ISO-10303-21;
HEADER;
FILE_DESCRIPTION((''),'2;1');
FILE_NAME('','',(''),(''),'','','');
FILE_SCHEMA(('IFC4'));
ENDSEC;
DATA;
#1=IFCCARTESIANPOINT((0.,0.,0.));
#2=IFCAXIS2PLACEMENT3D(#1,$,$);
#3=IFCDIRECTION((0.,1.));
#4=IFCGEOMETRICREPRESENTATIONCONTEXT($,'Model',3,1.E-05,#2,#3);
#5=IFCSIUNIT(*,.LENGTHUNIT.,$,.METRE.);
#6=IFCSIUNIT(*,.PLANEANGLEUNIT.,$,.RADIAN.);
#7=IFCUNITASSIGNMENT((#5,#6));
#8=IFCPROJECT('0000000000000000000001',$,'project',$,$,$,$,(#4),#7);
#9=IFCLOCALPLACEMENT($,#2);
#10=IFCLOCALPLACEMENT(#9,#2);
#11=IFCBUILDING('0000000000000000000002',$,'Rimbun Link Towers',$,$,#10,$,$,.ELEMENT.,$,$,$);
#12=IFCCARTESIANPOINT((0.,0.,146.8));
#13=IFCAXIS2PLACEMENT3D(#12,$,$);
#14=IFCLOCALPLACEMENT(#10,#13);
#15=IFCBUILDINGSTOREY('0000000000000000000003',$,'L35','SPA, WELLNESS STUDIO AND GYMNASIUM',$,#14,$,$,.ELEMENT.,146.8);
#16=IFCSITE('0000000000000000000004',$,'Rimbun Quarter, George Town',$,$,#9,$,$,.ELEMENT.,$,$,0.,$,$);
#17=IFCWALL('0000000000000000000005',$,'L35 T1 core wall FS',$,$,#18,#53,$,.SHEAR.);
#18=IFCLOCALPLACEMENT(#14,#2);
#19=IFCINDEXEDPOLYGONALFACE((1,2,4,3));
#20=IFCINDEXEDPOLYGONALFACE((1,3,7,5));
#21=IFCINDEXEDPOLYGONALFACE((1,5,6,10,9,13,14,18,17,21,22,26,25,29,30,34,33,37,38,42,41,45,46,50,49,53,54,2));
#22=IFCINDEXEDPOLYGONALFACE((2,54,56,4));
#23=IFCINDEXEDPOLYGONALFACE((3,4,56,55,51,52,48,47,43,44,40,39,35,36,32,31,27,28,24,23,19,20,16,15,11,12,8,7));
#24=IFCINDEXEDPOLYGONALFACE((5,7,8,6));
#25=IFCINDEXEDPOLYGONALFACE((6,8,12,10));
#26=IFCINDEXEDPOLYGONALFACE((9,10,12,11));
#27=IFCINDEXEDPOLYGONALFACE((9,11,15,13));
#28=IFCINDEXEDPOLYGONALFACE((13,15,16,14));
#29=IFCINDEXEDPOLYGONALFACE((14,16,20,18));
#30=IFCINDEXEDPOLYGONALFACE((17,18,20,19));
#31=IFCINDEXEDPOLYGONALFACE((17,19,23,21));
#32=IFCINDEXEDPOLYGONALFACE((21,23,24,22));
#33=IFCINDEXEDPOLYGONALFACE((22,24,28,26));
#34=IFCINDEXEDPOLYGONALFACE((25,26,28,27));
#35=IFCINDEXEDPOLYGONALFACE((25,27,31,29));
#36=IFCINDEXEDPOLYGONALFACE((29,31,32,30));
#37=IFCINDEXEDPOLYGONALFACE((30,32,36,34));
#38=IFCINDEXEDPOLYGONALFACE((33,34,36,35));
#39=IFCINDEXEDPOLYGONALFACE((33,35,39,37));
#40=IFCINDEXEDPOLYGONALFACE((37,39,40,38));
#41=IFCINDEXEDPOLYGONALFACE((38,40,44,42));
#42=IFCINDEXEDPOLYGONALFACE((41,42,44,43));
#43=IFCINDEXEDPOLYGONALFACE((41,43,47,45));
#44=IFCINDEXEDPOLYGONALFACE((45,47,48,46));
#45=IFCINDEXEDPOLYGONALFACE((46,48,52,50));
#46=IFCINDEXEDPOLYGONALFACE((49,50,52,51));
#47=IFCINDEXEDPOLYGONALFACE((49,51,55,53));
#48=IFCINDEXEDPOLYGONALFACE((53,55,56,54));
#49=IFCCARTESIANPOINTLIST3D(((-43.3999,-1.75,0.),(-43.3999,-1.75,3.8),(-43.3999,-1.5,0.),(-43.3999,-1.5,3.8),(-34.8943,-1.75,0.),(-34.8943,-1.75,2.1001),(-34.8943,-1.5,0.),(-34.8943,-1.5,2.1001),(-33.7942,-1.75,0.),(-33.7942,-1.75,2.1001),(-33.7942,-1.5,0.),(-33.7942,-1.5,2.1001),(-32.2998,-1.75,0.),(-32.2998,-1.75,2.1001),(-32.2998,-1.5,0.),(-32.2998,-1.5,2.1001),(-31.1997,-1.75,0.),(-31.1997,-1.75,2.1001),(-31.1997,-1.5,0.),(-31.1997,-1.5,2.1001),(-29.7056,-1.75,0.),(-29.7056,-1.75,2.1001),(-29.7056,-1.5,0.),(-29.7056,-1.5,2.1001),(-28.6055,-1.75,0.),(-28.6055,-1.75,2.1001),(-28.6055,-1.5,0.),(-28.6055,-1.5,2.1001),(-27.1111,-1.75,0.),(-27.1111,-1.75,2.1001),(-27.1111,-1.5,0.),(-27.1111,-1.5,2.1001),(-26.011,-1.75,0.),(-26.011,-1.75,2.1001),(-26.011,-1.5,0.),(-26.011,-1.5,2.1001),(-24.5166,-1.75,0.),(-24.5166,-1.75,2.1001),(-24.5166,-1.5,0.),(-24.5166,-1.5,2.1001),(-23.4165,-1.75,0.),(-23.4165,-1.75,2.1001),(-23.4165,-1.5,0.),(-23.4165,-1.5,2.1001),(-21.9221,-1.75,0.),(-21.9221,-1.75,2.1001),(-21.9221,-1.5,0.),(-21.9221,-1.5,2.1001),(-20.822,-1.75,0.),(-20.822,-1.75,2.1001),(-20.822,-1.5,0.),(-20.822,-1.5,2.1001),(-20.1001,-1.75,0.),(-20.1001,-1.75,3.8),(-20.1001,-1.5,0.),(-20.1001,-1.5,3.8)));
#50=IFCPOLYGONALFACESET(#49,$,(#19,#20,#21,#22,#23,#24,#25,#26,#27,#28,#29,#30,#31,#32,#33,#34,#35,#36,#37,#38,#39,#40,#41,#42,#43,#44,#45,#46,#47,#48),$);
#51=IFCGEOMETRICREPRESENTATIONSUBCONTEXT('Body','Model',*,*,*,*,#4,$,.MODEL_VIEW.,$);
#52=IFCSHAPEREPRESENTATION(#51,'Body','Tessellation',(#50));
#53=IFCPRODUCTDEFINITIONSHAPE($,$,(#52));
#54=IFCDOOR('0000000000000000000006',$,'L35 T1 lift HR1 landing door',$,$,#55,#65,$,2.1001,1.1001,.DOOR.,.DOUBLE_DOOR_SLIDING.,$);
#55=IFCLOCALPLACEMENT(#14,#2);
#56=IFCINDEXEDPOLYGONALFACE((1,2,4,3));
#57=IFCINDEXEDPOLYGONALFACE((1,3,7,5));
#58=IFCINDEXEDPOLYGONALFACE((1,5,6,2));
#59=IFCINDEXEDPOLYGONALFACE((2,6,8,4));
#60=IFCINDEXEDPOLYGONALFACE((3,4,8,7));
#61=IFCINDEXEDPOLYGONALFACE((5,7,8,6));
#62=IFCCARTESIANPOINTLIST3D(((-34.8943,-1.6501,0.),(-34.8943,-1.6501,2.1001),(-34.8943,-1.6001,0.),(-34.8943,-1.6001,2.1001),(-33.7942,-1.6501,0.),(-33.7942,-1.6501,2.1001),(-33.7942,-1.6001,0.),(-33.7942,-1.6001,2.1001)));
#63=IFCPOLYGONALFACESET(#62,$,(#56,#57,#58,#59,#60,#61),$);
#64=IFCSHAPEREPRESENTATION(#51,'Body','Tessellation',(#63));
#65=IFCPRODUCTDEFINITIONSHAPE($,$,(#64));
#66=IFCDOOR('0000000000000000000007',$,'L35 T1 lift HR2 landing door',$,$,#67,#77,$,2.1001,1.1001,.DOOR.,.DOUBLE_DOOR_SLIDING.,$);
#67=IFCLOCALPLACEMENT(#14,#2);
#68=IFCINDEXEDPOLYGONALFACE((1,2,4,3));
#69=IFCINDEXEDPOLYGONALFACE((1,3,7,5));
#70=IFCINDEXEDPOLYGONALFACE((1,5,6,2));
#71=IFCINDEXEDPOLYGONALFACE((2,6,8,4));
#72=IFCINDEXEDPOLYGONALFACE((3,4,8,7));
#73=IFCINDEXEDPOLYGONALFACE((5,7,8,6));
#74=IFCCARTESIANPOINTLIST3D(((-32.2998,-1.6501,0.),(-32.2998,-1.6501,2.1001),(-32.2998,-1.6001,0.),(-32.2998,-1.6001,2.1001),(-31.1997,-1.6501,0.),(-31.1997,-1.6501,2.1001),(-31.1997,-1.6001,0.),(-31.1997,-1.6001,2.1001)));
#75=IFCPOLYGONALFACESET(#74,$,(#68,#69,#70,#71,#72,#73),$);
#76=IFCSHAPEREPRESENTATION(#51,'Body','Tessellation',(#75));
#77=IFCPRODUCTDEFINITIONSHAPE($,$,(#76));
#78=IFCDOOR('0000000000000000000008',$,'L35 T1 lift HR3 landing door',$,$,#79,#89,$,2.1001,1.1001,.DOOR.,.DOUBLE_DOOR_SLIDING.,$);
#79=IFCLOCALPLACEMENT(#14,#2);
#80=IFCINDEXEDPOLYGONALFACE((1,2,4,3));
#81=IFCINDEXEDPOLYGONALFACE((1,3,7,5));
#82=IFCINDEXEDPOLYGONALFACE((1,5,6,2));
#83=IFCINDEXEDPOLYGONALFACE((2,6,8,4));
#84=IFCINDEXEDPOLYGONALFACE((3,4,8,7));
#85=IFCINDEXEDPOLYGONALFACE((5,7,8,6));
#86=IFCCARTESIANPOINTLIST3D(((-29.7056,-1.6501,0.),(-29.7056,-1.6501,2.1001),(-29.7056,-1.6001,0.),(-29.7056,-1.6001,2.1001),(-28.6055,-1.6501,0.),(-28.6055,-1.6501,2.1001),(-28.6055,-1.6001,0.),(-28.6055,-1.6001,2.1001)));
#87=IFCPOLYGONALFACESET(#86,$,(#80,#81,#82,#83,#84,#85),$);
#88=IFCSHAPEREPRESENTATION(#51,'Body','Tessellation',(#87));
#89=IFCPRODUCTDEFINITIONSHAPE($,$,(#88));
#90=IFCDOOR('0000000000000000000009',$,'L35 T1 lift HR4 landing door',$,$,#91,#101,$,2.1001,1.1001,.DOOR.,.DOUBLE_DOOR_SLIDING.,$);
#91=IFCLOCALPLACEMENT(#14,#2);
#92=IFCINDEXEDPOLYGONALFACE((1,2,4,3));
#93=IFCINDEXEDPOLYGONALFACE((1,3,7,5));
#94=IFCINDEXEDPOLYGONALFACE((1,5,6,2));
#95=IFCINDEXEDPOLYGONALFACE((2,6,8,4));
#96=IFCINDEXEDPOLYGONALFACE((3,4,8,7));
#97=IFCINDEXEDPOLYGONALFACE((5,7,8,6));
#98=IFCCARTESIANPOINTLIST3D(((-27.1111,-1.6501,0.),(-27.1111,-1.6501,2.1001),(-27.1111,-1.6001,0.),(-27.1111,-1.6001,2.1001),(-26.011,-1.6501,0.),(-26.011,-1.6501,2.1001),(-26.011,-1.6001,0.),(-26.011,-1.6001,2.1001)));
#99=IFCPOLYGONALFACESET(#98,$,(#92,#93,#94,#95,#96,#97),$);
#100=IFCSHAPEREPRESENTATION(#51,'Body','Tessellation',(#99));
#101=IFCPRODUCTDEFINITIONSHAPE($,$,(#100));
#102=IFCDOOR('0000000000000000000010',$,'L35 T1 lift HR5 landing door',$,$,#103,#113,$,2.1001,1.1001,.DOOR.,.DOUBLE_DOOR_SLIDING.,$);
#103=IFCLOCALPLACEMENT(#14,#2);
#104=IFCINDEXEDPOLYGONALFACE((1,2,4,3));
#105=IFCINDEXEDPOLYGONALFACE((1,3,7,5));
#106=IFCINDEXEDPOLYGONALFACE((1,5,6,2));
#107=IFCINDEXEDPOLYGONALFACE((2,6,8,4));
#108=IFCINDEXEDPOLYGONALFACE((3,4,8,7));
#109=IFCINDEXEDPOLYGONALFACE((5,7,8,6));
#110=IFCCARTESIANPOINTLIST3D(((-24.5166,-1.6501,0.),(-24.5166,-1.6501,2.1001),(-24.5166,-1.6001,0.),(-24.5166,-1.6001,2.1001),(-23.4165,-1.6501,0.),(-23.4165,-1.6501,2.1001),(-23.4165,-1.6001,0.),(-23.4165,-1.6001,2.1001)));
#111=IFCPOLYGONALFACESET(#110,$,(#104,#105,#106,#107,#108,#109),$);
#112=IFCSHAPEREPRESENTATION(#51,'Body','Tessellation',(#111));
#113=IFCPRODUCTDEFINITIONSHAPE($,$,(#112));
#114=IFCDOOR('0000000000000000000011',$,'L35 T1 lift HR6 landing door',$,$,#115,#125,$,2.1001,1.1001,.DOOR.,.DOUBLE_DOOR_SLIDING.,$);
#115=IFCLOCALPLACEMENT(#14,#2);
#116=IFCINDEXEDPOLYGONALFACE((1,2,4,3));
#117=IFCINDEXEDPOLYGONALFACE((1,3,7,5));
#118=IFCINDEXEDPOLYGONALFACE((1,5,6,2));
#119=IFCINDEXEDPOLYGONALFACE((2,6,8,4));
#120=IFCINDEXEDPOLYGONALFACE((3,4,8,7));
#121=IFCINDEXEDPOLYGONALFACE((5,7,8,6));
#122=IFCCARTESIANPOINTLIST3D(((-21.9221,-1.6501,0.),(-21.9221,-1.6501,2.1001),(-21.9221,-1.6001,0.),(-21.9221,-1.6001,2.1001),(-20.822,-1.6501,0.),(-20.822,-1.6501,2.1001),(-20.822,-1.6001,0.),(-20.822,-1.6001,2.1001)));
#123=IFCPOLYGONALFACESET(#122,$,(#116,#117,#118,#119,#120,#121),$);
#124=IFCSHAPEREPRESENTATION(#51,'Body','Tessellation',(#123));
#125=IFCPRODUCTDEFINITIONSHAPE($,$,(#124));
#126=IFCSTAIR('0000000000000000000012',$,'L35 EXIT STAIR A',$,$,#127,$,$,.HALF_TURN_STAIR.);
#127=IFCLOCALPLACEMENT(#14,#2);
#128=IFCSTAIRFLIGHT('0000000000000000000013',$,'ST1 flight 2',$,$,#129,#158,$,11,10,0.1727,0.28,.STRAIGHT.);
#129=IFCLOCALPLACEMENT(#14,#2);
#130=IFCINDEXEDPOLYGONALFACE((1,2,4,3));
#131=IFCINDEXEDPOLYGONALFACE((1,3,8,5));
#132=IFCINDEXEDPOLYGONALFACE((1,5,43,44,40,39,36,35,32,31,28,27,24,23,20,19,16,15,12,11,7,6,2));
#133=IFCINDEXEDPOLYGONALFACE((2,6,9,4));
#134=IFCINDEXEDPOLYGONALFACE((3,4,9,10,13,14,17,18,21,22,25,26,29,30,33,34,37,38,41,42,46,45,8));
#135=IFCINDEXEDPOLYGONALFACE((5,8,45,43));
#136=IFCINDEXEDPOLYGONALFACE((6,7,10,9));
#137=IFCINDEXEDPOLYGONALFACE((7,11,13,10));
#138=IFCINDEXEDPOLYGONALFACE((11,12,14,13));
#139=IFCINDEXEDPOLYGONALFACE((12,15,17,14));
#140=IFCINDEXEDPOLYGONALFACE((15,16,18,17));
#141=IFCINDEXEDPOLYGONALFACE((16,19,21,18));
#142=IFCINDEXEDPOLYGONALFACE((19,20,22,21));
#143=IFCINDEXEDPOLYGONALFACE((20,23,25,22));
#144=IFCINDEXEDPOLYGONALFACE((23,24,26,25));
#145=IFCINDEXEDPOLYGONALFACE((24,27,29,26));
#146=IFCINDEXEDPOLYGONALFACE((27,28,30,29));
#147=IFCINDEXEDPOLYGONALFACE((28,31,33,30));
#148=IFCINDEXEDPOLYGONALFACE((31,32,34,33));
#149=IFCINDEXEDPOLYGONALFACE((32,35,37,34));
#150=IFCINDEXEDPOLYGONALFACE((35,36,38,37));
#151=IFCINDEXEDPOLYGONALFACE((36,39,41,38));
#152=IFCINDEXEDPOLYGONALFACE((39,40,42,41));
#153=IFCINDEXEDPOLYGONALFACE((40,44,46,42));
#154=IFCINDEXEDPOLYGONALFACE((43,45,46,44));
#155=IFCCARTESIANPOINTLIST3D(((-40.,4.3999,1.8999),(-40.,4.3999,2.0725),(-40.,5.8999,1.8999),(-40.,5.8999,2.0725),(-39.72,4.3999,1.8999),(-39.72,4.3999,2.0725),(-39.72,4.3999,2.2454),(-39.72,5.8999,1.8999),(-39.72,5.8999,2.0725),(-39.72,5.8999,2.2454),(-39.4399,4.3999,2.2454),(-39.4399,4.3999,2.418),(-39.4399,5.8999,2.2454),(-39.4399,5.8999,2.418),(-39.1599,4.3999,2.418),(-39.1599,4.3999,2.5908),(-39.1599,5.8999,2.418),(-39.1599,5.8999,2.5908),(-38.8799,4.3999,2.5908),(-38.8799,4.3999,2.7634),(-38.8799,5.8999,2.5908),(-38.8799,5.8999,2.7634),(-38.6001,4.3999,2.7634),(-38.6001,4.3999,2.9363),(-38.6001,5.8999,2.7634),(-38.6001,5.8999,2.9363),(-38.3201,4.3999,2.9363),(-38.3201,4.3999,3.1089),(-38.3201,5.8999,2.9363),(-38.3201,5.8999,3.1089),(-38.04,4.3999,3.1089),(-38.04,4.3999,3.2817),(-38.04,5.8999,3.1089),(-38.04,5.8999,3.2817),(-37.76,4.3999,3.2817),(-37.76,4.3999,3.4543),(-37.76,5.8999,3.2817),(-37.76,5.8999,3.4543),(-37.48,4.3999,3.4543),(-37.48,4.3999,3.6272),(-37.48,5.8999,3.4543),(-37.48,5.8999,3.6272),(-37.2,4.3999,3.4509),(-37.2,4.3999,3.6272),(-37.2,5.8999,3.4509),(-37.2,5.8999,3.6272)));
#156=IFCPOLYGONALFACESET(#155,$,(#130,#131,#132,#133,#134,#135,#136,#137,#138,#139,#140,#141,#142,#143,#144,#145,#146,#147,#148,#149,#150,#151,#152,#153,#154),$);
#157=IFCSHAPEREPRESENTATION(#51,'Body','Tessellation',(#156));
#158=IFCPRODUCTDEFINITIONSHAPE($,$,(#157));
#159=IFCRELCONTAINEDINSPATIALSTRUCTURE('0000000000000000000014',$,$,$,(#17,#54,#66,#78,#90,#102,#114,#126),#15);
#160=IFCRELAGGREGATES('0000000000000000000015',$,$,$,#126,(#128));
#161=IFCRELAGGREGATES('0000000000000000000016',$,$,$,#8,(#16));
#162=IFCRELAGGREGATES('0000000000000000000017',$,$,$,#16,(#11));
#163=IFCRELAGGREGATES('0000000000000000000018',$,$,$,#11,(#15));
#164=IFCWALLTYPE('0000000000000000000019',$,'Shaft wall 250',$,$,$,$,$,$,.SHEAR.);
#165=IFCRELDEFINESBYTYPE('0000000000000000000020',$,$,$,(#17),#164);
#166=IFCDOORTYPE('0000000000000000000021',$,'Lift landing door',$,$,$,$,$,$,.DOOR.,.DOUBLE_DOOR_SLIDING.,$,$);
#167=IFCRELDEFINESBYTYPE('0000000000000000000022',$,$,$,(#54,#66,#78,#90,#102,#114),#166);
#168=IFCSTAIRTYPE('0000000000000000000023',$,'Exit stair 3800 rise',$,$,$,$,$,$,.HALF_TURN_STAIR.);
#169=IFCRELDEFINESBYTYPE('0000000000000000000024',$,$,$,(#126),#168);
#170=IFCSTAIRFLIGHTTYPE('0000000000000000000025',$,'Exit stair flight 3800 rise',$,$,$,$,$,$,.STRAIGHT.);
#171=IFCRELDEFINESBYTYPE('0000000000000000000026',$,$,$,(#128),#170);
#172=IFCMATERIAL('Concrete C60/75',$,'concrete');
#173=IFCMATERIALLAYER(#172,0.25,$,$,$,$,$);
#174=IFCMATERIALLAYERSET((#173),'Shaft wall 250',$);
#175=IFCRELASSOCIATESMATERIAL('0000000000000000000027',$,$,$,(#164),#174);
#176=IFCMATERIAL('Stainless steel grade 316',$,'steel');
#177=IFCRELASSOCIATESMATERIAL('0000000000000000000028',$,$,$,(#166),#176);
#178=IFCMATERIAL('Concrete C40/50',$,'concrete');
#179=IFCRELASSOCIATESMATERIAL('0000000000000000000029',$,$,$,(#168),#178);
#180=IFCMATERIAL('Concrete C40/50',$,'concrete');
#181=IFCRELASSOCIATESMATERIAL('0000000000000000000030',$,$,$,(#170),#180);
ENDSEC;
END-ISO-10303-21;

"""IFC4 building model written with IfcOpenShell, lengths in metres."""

from ifc_helpers import new_model, si_unit, direction, frame, frame_2d, origin, place, context, subcontext, project, spatial, polyline, rectangle, outline, extrude, material, layer, layer_set, type_object, element, fill, aggregate, save


model = new_model("IFC4")

# Units and contexts
model_context = context("Model", 3, precision=1e-05, world=origin(), true_north=direction((0.0, 1.0)))
body_context = subcontext(model_context, "Body", "Model", "MODEL_VIEW")
ifc_project = project(units=[si_unit("LENGTHUNIT", "METRE"), si_unit("PLANEANGLEUNIT", "RADIAN")], contexts=[model_context])

# Site, building, storey
site_placement = place(None, origin())
site = spatial("IfcSite", under=ifc_project, at=site_placement, Name="Rimbun Quarter, George Town", CompositionType="ELEMENT", RefElevation=0.0)
building_placement = place(site_placement, origin())
building = spatial("IfcBuilding", under=site, at=building_placement, Name="Rimbun Link Towers", CompositionType="ELEMENT")
storey_placement = place(building_placement, frame((0.0, 0.0, 146.8)))
storey = spatial("IfcBuildingStorey", under=building, at=storey_placement, Name="L35", Description="SPA, WELLNESS STUDIO AND GYMNASIUM", CompositionType="ELEMENT", Elevation=146.8)

# Shared definitions
ifc_material_1 = material(Name="Concrete C60/75", Category="concrete")
ifc_layer = layer(ifc_material_1, 0.25)
ifc_layer_set = layer_set([ifc_layer], Name="Shaft wall 250")
wall_type = type_object("IfcWallType", Name="Shaft wall 250", PredefinedType="SHEAR", material=ifc_layer_set)

# Wall, openings, doors
wall_1_placement = place(storey_placement, frame((-43.3999, -1.625, 0.0), z_axis=(0.0, 0.0, 1.0), x_axis=(1.0, 0.0, 0.0)))
wall_1 = element("IfcWall", 1, at=wall_1_placement, inside=storey, type_object=wall_type, Name="L35 T1 core wall FS", PredefinedType="SHEAR", context=body_context, shape_type="SweptSolid", body=[
    extrude(rectangle(XDim=23.2998, YDim=0.25, at=frame_2d((11.6499, 0.0))), origin(), (0.0, 0.0, 1.0), 3.8),
])
opening_1_placement = place(wall_1_placement, frame((8.5056, 0.0, 0.0)))
opening_1 = element("IfcOpeningElement", 2, at=opening_1_placement, cuts=wall_1, PredefinedType="OPENING", context=body_context, shape_type="SweptSolid", body=[
    extrude(rectangle(XDim=1.1001, YDim=2.1001, at=frame_2d((0.55, 1.05))), frame((0.0, 0.135, 0.0), z_axis=(0.0, -1.0, 0.0), x_axis=(1.0, 0.0, 0.0)), (0.0, 0.0, 1.0), 0.27),
])
opening_2_placement = place(wall_1_placement, frame((11.1001, 0.0, 0.0)))
opening_2 = element("IfcOpeningElement", 3, at=opening_2_placement, cuts=wall_1, PredefinedType="OPENING", context=body_context, shape_type="SweptSolid", body=[
    extrude(rectangle(XDim=1.1001, YDim=2.1001, at=frame_2d((0.55, 1.05))), frame((0.0, 0.135, 0.0), z_axis=(0.0, -1.0, 0.0), x_axis=(1.0, 0.0, 0.0)), (0.0, 0.0, 1.0), 0.27),
])
opening_3_placement = place(wall_1_placement, frame((13.6943, 0.0, 0.0)))
opening_3 = element("IfcOpeningElement", 4, at=opening_3_placement, cuts=wall_1, PredefinedType="OPENING", context=body_context, shape_type="SweptSolid", body=[
    extrude(rectangle(XDim=1.1001, YDim=2.1001, at=frame_2d((0.55, 1.05))), frame((0.0, 0.135, 0.0), z_axis=(0.0, -1.0, 0.0), x_axis=(1.0, 0.0, 0.0)), (0.0, 0.0, 1.0), 0.27),
])
opening_4_placement = place(wall_1_placement, frame((16.2888, 0.0, 0.0)))
opening_4 = element("IfcOpeningElement", 5, at=opening_4_placement, cuts=wall_1, PredefinedType="OPENING", context=body_context, shape_type="SweptSolid", body=[
    extrude(rectangle(XDim=1.1001, YDim=2.1001, at=frame_2d((0.55, 1.05))), frame((0.0, 0.135, 0.0), z_axis=(0.0, -1.0, 0.0), x_axis=(1.0, 0.0, 0.0)), (0.0, 0.0, 1.0), 0.27),
])
opening_5_placement = place(wall_1_placement, frame((18.8833, 0.0, 0.0)))
opening_5 = element("IfcOpeningElement", 6, at=opening_5_placement, cuts=wall_1, PredefinedType="OPENING", context=body_context, shape_type="SweptSolid", body=[
    extrude(rectangle(XDim=1.1001, YDim=2.1001, at=frame_2d((0.55, 1.05))), frame((0.0, 0.135, 0.0), z_axis=(0.0, -1.0, 0.0), x_axis=(1.0, 0.0, 0.0)), (0.0, 0.0, 1.0), 0.27),
])
opening_6_placement = place(wall_1_placement, frame((21.4778, 0.0, 0.0)))
opening_6 = element("IfcOpeningElement", 7, at=opening_6_placement, cuts=wall_1, PredefinedType="OPENING", context=body_context, shape_type="SweptSolid", body=[
    extrude(rectangle(XDim=1.1001, YDim=2.1001, at=frame_2d((0.55, 1.05))), frame((0.0, 0.135, 0.0), z_axis=(0.0, -1.0, 0.0), x_axis=(1.0, 0.0, 0.0)), (0.0, 0.0, 1.0), 0.27),
])
ifc_material_2 = material(Name="Stainless steel grade 316", Category="steel")
door_type_1 = type_object("IfcDoorType", Name="Lift landing door", OperationType="DOUBLE_DOOR_SLIDING", PredefinedType="DOOR", material=ifc_material_2)
door_1_placement = place(opening_1_placement, origin())
door_1 = element("IfcDoor", 8, at=door_1_placement, inside=storey, type_object=door_type_1, Name="L35 T1 lift HR1 landing door", OperationType="DOUBLE_DOOR_SLIDING", OverallHeight=2.1001, OverallWidth=1.1001, PredefinedType="DOOR", context=body_context, shape_type="SweptSolid", body=[
    extrude(rectangle(XDim=1.1001, YDim=2.1001, at=frame_2d((0.55, 1.05))), frame((0.0, 0.0249, 0.0), z_axis=(0.0, -1.0, 0.0), x_axis=(1.0, 0.0, 0.0)), (0.0, 0.0, 1.0), 0.05),
])
fill(opening_1, door_1)
door_2_placement = place(opening_2_placement, origin())
door_2 = element("IfcDoor", 9, at=door_2_placement, inside=storey, type_object=door_type_1, Name="L35 T1 lift HR2 landing door", OperationType="DOUBLE_DOOR_SLIDING", OverallHeight=2.1001, OverallWidth=1.1001, PredefinedType="DOOR", context=body_context, shape_type="SweptSolid", body=[
    extrude(rectangle(XDim=1.1001, YDim=2.1001, at=frame_2d((0.55, 1.05))), frame((0.0, 0.0249, 0.0), z_axis=(0.0, -1.0, 0.0), x_axis=(1.0, 0.0, 0.0)), (0.0, 0.0, 1.0), 0.05),
])
fill(opening_2, door_2)
door_3_placement = place(opening_3_placement, origin())
door_3 = element("IfcDoor", 10, at=door_3_placement, inside=storey, type_object=door_type_1, Name="L35 T1 lift HR3 landing door", OperationType="DOUBLE_DOOR_SLIDING", OverallHeight=2.1001, OverallWidth=1.1001, PredefinedType="DOOR", context=body_context, shape_type="SweptSolid", body=[
    extrude(rectangle(XDim=1.1001, YDim=2.1001, at=frame_2d((0.55, 1.05))), frame((0.0, 0.0249, 0.0), z_axis=(0.0, -1.0, 0.0), x_axis=(1.0, 0.0, 0.0)), (0.0, 0.0, 1.0), 0.05),
])
fill(opening_3, door_3)
door_4_placement = place(opening_4_placement, origin())
door_4 = element("IfcDoor", 11, at=door_4_placement, inside=storey, type_object=door_type_1, Name="L35 T1 lift HR4 landing door", OperationType="DOUBLE_DOOR_SLIDING", OverallHeight=2.1001, OverallWidth=1.1001, PredefinedType="DOOR", context=body_context, shape_type="SweptSolid", body=[
    extrude(rectangle(XDim=1.1001, YDim=2.1001, at=frame_2d((0.55, 1.05))), frame((0.0, 0.0249, 0.0), z_axis=(0.0, -1.0, 0.0), x_axis=(1.0, 0.0, 0.0)), (0.0, 0.0, 1.0), 0.05),
])
fill(opening_4, door_4)
door_5_placement = place(opening_5_placement, origin())
door_5 = element("IfcDoor", 12, at=door_5_placement, inside=storey, type_object=door_type_1, Name="L35 T1 lift HR5 landing door", OperationType="DOUBLE_DOOR_SLIDING", OverallHeight=2.1001, OverallWidth=1.1001, PredefinedType="DOOR", context=body_context, shape_type="SweptSolid", body=[
    extrude(rectangle(XDim=1.1001, YDim=2.1001, at=frame_2d((0.55, 1.05))), frame((0.0, 0.0249, 0.0), z_axis=(0.0, -1.0, 0.0), x_axis=(1.0, 0.0, 0.0)), (0.0, 0.0, 1.0), 0.05),
])
fill(opening_5, door_5)
door_6_placement = place(opening_6_placement, origin())
door_6 = element("IfcDoor", 13, at=door_6_placement, inside=storey, type_object=door_type_1, Name="L35 T1 lift HR6 landing door", OperationType="DOUBLE_DOOR_SLIDING", OverallHeight=2.1001, OverallWidth=1.1001, PredefinedType="DOOR", context=body_context, shape_type="SweptSolid", body=[
    extrude(rectangle(XDim=1.1001, YDim=2.1001, at=frame_2d((0.55, 1.05))), frame((0.0, 0.0249, 0.0), z_axis=(0.0, -1.0, 0.0), x_axis=(1.0, 0.0, 0.0)), (0.0, 0.0, 1.0), 0.05),
])
fill(opening_6, door_6)

# Stair, stair flight
ifc_material_3 = material(Name="Concrete C40/50", Category="concrete")
stair_type = type_object("IfcStairType", Name="Exit stair 3800 rise", PredefinedType="HALF_TURN_STAIR", material=ifc_material_3)
stair_placement = place(storey_placement, origin())
stair = element("IfcStair", 14, at=stair_placement, inside=storey, type_object=stair_type, Name="L35 EXIT STAIR A", PredefinedType="HALF_TURN_STAIR")
ifc_material_4 = material(Name="Concrete C40/50", Category="concrete")
stair_flight_type = type_object("IfcStairFlightType", Name="Exit stair flight 3800 rise", PredefinedType="STRAIGHT", material=ifc_material_4)
stair_flight_placement = place(storey_placement, frame((-40.0, 5.1499, 1.8999), z_axis=(0.0, 0.0, 1.0), x_axis=(1.0, 0.0, 0.0)))
stair_flight = element("IfcStairFlight", 15, at=stair_flight_placement, type_object=stair_flight_type, Name="ST1 flight 2", NumberOfRisers=11, NumberOfTreads=10, PredefinedType="STRAIGHT", RiserHeight=0.1727, TreadLength=0.28, context=body_context, shape_type="SweptSolid", body=[
    extrude(outline(polyline([(0.0, 0.0), (0.0, 0.1726), (0.28, 0.1726), (0.28, 0.3455), (0.5601, 0.3455), (0.5601, 0.5181), (0.8401, 0.5181), (0.8401, 0.6909), (1.1201, 0.6909), (1.1201, 0.8635), (1.3999, 0.8635), (1.3999, 1.0364), (1.6799, 1.0364), (1.6799, 1.209), (1.96, 1.209), (1.96, 1.3818), (2.24, 1.3818), (2.24, 1.5544), (2.52, 1.5544), (2.52, 1.7273), (2.8, 1.7273), (2.8, 1.8999), (2.8, 1.551), (0.28, 0.0), (0.0, 0.0)])), frame((0.0, 0.75, 0.0), z_axis=(0.0, -1.0, 0.0), x_axis=(1.0, 0.0, 0.0)), (0.0, 0.0, 1.0), 1.5),
])
aggregate(stair, [stair_flight])

save(model, "model.ifc")
